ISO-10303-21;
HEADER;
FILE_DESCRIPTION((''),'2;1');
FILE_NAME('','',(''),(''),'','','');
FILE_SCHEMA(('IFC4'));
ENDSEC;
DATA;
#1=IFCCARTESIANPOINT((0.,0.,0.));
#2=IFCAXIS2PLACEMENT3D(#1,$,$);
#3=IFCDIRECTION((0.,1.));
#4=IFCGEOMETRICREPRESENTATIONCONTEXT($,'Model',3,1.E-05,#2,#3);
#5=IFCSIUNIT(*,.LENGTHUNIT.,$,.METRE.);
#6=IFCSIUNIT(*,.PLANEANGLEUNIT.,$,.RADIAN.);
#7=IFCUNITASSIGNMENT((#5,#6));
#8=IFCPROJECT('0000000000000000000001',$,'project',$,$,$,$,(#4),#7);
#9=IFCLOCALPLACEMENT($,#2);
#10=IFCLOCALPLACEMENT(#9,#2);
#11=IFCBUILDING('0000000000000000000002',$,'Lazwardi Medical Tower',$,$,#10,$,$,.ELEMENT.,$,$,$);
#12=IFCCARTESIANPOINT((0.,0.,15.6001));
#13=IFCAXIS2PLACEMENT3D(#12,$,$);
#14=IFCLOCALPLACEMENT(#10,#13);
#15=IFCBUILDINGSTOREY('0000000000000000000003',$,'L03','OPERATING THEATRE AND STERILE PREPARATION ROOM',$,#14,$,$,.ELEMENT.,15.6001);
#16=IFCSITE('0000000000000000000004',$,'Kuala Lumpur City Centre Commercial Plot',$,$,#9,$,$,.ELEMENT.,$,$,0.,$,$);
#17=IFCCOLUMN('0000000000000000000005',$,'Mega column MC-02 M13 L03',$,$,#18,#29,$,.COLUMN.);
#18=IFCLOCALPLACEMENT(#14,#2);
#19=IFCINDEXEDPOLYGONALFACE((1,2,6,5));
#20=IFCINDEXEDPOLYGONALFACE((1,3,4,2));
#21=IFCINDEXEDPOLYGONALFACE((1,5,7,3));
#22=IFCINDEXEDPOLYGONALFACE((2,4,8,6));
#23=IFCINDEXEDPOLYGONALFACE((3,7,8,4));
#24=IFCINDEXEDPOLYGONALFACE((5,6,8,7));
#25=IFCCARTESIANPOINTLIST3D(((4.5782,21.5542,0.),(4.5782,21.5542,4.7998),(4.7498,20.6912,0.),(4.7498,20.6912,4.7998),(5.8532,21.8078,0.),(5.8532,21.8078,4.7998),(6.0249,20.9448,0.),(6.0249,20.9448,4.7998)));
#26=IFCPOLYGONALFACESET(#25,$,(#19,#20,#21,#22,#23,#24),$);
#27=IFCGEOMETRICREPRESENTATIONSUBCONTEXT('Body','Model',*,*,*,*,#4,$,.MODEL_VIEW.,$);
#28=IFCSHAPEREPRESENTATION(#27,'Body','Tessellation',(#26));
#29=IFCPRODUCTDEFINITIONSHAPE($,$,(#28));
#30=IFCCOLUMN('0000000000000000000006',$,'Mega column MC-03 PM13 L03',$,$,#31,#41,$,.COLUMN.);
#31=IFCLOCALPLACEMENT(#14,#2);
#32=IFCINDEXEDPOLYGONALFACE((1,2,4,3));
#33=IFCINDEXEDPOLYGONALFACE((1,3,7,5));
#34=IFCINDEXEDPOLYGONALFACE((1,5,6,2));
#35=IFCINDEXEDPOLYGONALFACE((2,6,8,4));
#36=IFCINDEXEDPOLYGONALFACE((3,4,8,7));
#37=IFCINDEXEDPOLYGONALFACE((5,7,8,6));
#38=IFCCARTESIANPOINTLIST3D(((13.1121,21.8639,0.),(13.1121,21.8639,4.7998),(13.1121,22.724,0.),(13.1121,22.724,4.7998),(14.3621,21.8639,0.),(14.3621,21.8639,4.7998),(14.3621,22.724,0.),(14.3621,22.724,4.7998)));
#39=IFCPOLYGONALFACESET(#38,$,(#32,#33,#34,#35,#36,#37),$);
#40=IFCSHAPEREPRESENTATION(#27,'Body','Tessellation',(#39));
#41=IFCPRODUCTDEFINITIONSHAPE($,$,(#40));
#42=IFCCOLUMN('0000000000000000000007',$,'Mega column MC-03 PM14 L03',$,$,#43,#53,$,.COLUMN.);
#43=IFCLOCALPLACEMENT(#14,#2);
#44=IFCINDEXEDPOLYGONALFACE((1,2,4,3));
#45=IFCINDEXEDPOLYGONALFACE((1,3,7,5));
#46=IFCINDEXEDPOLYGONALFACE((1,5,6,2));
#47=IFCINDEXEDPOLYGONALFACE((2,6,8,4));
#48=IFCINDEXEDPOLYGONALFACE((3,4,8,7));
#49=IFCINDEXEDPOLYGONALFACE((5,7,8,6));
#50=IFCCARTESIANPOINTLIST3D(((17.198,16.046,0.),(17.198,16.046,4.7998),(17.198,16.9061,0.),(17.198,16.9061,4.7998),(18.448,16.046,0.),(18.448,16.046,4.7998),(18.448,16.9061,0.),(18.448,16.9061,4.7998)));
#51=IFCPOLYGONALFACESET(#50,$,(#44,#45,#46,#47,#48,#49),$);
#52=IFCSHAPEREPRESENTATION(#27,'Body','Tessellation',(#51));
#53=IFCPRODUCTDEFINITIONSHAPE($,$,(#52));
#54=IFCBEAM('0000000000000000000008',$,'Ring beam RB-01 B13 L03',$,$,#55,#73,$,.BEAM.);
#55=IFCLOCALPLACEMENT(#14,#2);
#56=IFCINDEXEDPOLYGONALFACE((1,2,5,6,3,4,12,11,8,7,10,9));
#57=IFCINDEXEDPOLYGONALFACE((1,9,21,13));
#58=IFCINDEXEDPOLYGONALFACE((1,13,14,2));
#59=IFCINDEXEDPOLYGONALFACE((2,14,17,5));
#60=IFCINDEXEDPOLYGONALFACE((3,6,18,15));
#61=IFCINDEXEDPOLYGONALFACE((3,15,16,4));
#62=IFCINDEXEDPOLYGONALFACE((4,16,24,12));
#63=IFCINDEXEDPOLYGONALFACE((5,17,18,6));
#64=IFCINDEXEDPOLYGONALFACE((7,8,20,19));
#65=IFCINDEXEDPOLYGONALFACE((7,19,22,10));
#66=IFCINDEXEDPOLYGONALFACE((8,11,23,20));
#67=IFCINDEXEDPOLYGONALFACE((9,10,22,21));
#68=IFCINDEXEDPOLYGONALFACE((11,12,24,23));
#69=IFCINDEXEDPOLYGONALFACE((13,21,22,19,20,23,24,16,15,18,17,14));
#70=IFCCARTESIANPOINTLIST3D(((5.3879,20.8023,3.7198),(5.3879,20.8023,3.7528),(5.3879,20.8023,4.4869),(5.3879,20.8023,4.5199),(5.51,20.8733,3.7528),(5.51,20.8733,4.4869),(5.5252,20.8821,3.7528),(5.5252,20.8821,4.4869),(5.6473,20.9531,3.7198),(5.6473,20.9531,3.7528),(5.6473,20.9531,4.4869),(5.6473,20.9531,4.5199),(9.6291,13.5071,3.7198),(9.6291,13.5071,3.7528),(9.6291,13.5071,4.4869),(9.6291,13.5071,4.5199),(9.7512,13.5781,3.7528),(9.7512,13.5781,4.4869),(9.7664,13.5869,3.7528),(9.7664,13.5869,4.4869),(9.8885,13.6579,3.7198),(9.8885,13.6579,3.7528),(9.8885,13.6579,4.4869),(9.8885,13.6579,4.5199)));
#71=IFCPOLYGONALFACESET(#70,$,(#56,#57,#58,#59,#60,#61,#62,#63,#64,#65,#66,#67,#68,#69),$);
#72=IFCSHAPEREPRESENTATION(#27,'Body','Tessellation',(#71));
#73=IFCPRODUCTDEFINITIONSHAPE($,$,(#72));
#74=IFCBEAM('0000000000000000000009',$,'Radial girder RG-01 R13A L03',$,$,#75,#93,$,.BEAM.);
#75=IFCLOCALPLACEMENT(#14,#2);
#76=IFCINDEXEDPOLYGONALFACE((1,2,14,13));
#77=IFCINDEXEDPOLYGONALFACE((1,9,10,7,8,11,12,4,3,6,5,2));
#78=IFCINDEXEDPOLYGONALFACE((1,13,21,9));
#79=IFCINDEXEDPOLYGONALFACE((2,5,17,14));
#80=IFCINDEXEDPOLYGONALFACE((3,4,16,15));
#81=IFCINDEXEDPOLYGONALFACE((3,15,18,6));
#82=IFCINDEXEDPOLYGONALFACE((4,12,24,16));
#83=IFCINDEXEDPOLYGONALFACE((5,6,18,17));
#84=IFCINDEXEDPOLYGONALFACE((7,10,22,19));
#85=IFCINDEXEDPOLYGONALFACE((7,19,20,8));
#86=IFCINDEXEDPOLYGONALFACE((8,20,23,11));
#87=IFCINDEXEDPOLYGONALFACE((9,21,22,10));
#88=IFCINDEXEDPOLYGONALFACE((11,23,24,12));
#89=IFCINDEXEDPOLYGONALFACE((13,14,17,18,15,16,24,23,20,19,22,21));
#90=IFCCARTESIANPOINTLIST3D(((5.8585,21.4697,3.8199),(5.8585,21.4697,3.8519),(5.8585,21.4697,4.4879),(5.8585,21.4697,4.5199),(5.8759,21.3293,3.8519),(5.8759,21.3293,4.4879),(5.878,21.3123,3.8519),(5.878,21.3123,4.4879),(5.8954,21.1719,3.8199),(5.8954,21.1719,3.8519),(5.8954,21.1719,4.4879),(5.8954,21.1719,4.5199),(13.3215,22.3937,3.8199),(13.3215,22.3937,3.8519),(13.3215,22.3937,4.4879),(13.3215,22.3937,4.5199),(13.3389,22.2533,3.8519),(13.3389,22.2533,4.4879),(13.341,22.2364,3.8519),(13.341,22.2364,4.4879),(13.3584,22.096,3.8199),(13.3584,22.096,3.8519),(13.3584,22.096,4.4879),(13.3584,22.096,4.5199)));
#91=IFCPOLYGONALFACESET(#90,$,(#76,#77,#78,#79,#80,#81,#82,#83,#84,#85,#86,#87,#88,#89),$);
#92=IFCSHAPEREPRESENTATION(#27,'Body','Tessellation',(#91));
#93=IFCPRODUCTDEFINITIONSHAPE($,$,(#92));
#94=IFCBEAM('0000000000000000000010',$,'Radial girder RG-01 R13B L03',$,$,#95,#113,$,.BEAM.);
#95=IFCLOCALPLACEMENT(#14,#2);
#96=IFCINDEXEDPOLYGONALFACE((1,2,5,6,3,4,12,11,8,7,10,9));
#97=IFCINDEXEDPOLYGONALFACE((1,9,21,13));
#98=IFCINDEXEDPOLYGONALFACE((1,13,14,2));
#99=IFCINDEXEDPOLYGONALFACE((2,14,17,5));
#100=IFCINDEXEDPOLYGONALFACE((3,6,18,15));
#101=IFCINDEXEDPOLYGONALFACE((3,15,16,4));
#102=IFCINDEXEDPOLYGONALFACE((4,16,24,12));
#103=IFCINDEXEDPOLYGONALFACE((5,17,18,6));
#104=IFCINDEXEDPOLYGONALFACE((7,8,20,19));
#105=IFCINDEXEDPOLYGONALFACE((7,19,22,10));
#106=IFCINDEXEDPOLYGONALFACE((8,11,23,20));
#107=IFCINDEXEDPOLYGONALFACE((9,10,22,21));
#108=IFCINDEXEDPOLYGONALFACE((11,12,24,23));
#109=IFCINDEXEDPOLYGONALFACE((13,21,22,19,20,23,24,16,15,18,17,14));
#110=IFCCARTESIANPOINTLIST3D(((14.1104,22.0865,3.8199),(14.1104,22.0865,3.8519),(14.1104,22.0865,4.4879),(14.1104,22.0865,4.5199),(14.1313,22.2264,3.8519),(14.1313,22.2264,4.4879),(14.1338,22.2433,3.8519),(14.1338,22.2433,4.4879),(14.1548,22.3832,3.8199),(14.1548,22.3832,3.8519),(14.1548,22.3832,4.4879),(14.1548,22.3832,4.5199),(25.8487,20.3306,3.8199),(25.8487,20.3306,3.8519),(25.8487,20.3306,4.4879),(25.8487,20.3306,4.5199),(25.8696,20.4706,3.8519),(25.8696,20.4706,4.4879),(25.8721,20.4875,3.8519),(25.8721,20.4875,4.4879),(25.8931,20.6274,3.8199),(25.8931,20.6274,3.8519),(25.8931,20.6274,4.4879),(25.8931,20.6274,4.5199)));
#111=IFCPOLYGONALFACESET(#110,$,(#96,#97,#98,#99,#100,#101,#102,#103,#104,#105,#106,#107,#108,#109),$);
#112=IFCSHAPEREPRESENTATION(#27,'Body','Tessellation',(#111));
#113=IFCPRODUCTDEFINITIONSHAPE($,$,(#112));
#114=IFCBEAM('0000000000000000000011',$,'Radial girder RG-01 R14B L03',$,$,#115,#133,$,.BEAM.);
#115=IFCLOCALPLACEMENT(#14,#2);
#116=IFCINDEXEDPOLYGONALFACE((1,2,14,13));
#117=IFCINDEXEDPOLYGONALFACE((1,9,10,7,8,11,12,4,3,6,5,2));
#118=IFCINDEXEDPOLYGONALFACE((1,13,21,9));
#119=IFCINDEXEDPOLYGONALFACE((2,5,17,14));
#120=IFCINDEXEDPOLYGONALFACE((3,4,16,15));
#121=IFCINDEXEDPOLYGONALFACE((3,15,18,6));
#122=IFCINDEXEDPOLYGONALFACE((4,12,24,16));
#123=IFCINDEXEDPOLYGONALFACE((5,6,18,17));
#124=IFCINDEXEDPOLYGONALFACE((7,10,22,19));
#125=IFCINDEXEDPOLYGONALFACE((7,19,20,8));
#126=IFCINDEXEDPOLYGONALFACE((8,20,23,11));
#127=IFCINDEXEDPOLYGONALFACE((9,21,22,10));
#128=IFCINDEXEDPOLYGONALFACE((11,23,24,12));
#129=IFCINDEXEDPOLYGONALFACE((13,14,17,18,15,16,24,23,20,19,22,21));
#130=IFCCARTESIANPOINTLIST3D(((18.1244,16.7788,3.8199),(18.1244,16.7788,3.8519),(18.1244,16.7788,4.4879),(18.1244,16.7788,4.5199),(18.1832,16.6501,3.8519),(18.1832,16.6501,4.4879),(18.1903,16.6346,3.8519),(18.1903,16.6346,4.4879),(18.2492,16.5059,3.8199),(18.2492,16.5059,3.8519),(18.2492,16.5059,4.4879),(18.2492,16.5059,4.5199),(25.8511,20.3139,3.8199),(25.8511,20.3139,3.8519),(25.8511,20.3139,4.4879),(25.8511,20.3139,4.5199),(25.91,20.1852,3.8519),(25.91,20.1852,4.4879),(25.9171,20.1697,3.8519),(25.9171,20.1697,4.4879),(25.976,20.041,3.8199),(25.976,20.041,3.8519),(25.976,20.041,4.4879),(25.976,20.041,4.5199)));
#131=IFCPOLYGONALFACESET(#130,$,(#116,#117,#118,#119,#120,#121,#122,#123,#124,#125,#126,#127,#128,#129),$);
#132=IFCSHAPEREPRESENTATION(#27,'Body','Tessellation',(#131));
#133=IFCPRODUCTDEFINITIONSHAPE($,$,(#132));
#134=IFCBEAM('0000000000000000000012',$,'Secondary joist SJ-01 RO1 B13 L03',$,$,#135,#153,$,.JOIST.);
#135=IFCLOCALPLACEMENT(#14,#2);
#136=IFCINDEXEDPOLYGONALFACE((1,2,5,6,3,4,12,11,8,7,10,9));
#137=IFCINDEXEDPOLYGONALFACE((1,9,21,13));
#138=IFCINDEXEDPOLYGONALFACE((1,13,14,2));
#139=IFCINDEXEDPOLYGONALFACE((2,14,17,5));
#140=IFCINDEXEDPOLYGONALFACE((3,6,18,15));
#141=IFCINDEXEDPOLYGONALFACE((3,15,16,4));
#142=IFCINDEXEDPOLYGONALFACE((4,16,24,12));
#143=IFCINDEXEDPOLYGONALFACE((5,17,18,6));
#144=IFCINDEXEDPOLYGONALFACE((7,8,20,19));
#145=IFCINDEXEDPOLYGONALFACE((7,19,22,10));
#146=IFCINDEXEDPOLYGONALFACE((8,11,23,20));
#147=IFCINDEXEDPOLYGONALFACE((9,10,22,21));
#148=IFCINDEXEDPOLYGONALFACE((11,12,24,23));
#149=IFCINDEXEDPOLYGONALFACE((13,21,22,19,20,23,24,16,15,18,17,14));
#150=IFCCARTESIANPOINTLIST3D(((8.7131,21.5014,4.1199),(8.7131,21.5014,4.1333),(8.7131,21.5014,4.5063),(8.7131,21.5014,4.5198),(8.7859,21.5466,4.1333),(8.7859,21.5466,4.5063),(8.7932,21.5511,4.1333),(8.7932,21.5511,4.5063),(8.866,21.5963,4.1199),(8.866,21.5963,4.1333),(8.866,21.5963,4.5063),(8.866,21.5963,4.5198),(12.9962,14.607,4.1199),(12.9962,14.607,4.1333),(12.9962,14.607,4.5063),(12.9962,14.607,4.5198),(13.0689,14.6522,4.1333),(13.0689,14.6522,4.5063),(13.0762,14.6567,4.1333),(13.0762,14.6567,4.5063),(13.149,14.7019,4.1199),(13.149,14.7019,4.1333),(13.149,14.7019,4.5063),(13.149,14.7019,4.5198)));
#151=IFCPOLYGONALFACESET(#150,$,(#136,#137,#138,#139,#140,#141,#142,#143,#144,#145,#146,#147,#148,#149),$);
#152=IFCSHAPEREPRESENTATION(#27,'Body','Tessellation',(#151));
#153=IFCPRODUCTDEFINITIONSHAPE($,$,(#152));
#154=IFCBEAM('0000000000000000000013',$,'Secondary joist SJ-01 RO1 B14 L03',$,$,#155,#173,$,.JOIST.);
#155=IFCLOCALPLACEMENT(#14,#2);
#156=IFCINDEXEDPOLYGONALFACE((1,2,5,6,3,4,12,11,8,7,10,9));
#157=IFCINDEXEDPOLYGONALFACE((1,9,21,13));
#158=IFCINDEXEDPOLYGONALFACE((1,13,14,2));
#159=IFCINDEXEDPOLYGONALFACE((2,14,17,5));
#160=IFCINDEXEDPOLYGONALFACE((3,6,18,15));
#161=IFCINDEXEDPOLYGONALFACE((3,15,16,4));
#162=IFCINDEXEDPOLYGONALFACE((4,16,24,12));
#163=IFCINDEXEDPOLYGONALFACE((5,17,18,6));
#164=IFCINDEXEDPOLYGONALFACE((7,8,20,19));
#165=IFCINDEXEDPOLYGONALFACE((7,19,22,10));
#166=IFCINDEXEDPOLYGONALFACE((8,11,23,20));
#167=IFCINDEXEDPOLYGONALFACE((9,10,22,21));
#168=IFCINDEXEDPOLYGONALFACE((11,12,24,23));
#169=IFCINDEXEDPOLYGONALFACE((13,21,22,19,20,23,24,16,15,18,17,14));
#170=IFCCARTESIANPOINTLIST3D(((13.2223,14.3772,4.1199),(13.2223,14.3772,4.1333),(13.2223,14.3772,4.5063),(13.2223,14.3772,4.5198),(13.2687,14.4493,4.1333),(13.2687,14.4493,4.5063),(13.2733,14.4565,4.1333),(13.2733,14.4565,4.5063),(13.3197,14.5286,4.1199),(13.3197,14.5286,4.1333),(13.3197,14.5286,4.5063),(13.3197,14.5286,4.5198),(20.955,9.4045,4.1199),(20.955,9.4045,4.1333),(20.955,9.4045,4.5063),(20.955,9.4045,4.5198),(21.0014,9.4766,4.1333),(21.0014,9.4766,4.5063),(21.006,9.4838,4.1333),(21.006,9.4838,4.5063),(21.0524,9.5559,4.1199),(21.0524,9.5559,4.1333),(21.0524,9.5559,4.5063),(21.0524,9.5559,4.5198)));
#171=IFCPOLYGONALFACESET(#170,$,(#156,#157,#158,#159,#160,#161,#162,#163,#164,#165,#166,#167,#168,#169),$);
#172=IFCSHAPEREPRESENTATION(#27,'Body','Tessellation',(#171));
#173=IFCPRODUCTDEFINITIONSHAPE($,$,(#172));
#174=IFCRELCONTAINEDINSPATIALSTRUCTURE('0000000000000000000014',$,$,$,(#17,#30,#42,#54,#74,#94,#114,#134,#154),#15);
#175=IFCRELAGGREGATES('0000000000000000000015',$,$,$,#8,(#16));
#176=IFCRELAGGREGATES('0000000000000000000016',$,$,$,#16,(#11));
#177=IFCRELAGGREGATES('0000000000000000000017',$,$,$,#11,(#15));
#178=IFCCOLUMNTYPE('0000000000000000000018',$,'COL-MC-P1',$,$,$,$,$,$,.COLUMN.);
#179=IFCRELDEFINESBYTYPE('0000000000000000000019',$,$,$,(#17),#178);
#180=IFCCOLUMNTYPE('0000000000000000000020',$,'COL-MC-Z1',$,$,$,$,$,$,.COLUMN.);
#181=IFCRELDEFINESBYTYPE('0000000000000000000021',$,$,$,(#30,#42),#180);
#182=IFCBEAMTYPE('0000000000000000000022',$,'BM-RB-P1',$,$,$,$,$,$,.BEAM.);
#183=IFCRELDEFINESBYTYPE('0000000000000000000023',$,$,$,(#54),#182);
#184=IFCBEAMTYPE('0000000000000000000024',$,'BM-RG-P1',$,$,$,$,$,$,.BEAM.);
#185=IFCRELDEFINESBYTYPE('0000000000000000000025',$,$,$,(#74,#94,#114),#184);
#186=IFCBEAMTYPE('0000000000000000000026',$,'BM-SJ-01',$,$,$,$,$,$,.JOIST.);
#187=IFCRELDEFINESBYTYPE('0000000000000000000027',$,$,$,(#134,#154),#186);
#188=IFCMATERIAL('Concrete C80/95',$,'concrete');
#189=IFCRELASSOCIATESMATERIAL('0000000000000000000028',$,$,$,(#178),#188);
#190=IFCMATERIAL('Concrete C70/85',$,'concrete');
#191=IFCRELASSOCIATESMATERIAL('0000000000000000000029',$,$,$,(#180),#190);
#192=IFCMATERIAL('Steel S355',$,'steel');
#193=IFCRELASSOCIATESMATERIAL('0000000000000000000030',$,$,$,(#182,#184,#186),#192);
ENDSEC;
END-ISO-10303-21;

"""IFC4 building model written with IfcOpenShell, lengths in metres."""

from ifc_helpers import new_model, si_unit, direction, frame, origin, origin_2d, place, context, subcontext, project, spatial, rectangle, i_section, extrude, material, material_profile, profile_set, type_object, element, save


model = new_model("IFC4")

# Units and contexts
model_context = context("Model", 3, precision=1e-05, world=origin(), true_north=direction((0.0, 1.0)))
body_context = subcontext(model_context, "Body", "Model", "MODEL_VIEW")
ifc_project = project(units=[si_unit("LENGTHUNIT", "METRE"), si_unit("PLANEANGLEUNIT", "RADIAN")], contexts=[model_context])

# Site, building, storey
site_placement = place(None, origin())
site = spatial("IfcSite", under=ifc_project, at=site_placement, Name="Kuala Lumpur City Centre Commercial Plot", CompositionType="ELEMENT", RefElevation=0.0)
building_placement = place(site_placement, origin())
building = spatial("IfcBuilding", under=site, at=building_placement, Name="Lazwardi Medical Tower", CompositionType="ELEMENT")
storey_placement = place(building_placement, frame((0.0, 0.0, 15.6001)))
storey = spatial("IfcBuildingStorey", under=building, at=storey_placement, Name="L03", Description="OPERATING THEATRE AND STERILE PREPARATION ROOM", CompositionType="ELEMENT", Elevation=15.6001)

# Columns
ifc_material_1 = material(Name="Concrete C80/95", Category="concrete")
ifc_material_profile_1 = material_profile(ifc_material_1, rectangle(XDim=1.3, YDim=0.8799, at=origin_2d()), Name="CFT-RECT 1300x880")
ifc_profile_set_1 = profile_set([ifc_material_profile_1], Name="Concrete C80/95")
column_type_1 = type_object("IfcColumnType", Name="COL-MC-P1", PredefinedType="COLUMN", material=ifc_profile_set_1)
column_placement = place(storey_placement, frame((5.3015, 21.2495, 0.0), z_axis=(0.0, 0.0, 1.0), x_axis=(-0.980785, -0.19509, 0.0)))
element("IfcColumn", 1, at=column_placement, inside=storey, type_object=column_type_1, Name="Mega column MC-02 M13 L03", PredefinedType="COLUMN", context=body_context, shape_type="SweptSolid", body=[
    extrude(rectangle(XDim=1.3, YDim=0.8799, at=origin_2d()), origin(), (0.0, 0.0, 1.0), 4.7998),
])
ifc_material_2 = material(Name="Concrete C70/85", Category="concrete")
ifc_material_profile_2 = material_profile(ifc_material_2, rectangle(XDim=1.25, YDim=0.8601, at=origin_2d()), Name="CFT-RECT 1250x860")
ifc_profile_set_2 = profile_set([ifc_material_profile_2], Name="Concrete C70/85")
column_type_2 = type_object("IfcColumnType", Name="COL-MC-Z1", PredefinedType="COLUMN", material=ifc_profile_set_2)
for number, where, z_axis, x_axis, name in (
    (2, (13.7371, 22.2939, 0.0), (0.0, 0.0, 1.0), (1.0, 0.0, 0.0), "Mega column MC-03 PM13 L03"),
    (3, (17.823, 16.4761, 0.0), (0.0, 0.0, 1.0), (1.0, 0.0, 0.0), "Mega column MC-03 PM14 L03"),
):
    element("IfcColumn", number, at=place(storey_placement, frame(where, z_axis=z_axis, x_axis=x_axis)), inside=storey, type_object=column_type_2, Name=name, PredefinedType="COLUMN", context=body_context, shape_type="SweptSolid", body=[
        extrude(rectangle(XDim=1.25, YDim=0.8601, at=origin_2d()), origin(), (0.0, 0.0, 1.0), 4.7998),
    ])

# Beams
ifc_material_3 = material(Name="Steel S355", Category="steel")
ifc_material_profile_3 = material_profile(ifc_material_3, i_section(OverallWidth=0.3, OverallDepth=0.8, WebThickness=0.0176, FlangeThickness=0.033, at=origin_2d()), Name="HEB 800")
ifc_profile_set_3 = profile_set([ifc_material_profile_3], Name="Steel S355")
beam_type_1 = type_object("IfcBeamType", Name="BM-RB-P1", PredefinedType="BEAM", material=ifc_profile_set_3)
beam_1_placement = place(storey_placement, frame((5.5176, 20.8777, 4.1199), z_axis=(0.502606, -0.864516, 0.0), x_axis=(0.864516, 0.502606, 0.0)))
element("IfcBeam", 4, at=beam_1_placement, inside=storey, type_object=beam_type_1, Name="Ring beam RB-01 B13 L03", PredefinedType="BEAM", context=body_context, shape_type="SweptSolid", body=[
    extrude(i_section(OverallWidth=0.3, OverallDepth=0.8, WebThickness=0.0176, FlangeThickness=0.033, at=origin_2d()), origin(), (0.0, 0.0, 1.0), 8.4385),
])
ifc_material_profile_4 = material_profile(ifc_material_3, i_section(OverallWidth=0.3, OverallDepth=0.7, WebThickness=0.0171, FlangeThickness=0.032, at=origin_2d()), Name="HEB 700")
ifc_profile_set_4 = profile_set([ifc_material_profile_4], Name="Steel S355")
beam_type_2 = type_object("IfcBeamType", Name="BM-RG-P1", PredefinedType="BEAM", material=ifc_profile_set_4)
beam_2_placement = place(storey_placement, frame((5.877, 21.3208, 4.1699), z_axis=(0.992422, 0.12288, 0.0), x_axis=(-0.12288, 0.992422, 0.0)))
element("IfcBeam", 5, at=beam_2_placement, inside=storey, type_object=beam_type_2, Name="Radial girder RG-01 R13A L03", PredefinedType="BEAM", context=body_context, shape_type="SweptSolid", body=[
    extrude(i_section(OverallWidth=0.3, OverallDepth=0.7, WebThickness=0.0171, FlangeThickness=0.032, at=origin_2d()), origin(), (0.0, 0.0, 1.0), 7.52),
])
beam_3_placement = place(storey_placement, frame((14.1326, 22.2349, 4.1699), z_axis=(0.988997, -0.147938, 0.0), x_axis=(0.147938, 0.988997, 0.0)))
element("IfcBeam", 6, at=beam_3_placement, inside=storey, type_object=beam_type_2, Name="Radial girder RG-01 R13B L03", PredefinedType="BEAM", context=body_context, shape_type="SweptSolid", body=[
    extrude(i_section(OverallWidth=0.3, OverallDepth=0.7, WebThickness=0.0171, FlangeThickness=0.032, at=origin_2d()), origin(), (0.0, 0.0, 1.0), 11.8689),
])
beam_4_placement = place(storey_placement, frame((18.1868, 16.6423, 4.1699), z_axis=(0.909345, 0.416042, 0.0), x_axis=(-0.416042, 0.909345, 0.0)))
element("IfcBeam", 7, at=beam_4_placement, inside=storey, type_object=beam_type_2, Name="Radial girder RG-01 R14B L03", PredefinedType="BEAM", context=body_context, shape_type="SweptSolid", body=[
    extrude(i_section(OverallWidth=0.3, OverallDepth=0.7, WebThickness=0.0171, FlangeThickness=0.032, at=origin_2d()), origin(), (0.0, 0.0, 1.0), 8.4971),
])
ifc_material_profile_5 = material_profile(ifc_material_3, i_section(OverallWidth=0.1799, OverallDepth=0.3999, WebThickness=0.0085, FlangeThickness=0.0134, at=origin_2d()), Name="IPE 400")
ifc_profile_set_5 = profile_set([ifc_material_profile_5], Name="Steel S355")
beam_type_3 = type_object("IfcBeamType", Name="BM-SJ-01", PredefinedType="JOIST", material=ifc_profile_set_5)
beam_5_placement = place(storey_placement, frame((8.7896, 21.5488, 4.3198), z_axis=(0.527696, -0.849433, 0.0), x_axis=(0.849433, 0.527696, 0.0)))
element("IfcBeam", 8, at=beam_5_placement, inside=storey, type_object=beam_type_3, Name="Secondary joist SJ-01 RO1 B13 L03", PredefinedType="JOIST", context=body_context, shape_type="SweptSolid", body=[
    extrude(i_section(OverallWidth=0.1799, OverallDepth=0.3999, WebThickness=0.0085, FlangeThickness=0.0134, at=origin_2d()), origin(), (0.0, 0.0, 1.0), 8.1165),
])
beam_6_placement = place(storey_placement, frame((13.271, 14.4529, 4.3198), z_axis=(0.841096, -0.540885, 0.0), x_axis=(0.540885, 0.841096, 0.0)))
element("IfcBeam", 9, at=beam_6_placement, inside=storey, type_object=beam_type_3, Name="Secondary joist SJ-01 RO1 B14 L03", PredefinedType="JOIST", context=body_context, shape_type="SweptSolid", body=[
    extrude(i_section(OverallWidth=0.1799, OverallDepth=0.3999, WebThickness=0.0085, FlangeThickness=0.0134, at=origin_2d()), origin(), (0.0, 0.0, 1.0), 9.1936),
])

save(model, "model.ifc")
